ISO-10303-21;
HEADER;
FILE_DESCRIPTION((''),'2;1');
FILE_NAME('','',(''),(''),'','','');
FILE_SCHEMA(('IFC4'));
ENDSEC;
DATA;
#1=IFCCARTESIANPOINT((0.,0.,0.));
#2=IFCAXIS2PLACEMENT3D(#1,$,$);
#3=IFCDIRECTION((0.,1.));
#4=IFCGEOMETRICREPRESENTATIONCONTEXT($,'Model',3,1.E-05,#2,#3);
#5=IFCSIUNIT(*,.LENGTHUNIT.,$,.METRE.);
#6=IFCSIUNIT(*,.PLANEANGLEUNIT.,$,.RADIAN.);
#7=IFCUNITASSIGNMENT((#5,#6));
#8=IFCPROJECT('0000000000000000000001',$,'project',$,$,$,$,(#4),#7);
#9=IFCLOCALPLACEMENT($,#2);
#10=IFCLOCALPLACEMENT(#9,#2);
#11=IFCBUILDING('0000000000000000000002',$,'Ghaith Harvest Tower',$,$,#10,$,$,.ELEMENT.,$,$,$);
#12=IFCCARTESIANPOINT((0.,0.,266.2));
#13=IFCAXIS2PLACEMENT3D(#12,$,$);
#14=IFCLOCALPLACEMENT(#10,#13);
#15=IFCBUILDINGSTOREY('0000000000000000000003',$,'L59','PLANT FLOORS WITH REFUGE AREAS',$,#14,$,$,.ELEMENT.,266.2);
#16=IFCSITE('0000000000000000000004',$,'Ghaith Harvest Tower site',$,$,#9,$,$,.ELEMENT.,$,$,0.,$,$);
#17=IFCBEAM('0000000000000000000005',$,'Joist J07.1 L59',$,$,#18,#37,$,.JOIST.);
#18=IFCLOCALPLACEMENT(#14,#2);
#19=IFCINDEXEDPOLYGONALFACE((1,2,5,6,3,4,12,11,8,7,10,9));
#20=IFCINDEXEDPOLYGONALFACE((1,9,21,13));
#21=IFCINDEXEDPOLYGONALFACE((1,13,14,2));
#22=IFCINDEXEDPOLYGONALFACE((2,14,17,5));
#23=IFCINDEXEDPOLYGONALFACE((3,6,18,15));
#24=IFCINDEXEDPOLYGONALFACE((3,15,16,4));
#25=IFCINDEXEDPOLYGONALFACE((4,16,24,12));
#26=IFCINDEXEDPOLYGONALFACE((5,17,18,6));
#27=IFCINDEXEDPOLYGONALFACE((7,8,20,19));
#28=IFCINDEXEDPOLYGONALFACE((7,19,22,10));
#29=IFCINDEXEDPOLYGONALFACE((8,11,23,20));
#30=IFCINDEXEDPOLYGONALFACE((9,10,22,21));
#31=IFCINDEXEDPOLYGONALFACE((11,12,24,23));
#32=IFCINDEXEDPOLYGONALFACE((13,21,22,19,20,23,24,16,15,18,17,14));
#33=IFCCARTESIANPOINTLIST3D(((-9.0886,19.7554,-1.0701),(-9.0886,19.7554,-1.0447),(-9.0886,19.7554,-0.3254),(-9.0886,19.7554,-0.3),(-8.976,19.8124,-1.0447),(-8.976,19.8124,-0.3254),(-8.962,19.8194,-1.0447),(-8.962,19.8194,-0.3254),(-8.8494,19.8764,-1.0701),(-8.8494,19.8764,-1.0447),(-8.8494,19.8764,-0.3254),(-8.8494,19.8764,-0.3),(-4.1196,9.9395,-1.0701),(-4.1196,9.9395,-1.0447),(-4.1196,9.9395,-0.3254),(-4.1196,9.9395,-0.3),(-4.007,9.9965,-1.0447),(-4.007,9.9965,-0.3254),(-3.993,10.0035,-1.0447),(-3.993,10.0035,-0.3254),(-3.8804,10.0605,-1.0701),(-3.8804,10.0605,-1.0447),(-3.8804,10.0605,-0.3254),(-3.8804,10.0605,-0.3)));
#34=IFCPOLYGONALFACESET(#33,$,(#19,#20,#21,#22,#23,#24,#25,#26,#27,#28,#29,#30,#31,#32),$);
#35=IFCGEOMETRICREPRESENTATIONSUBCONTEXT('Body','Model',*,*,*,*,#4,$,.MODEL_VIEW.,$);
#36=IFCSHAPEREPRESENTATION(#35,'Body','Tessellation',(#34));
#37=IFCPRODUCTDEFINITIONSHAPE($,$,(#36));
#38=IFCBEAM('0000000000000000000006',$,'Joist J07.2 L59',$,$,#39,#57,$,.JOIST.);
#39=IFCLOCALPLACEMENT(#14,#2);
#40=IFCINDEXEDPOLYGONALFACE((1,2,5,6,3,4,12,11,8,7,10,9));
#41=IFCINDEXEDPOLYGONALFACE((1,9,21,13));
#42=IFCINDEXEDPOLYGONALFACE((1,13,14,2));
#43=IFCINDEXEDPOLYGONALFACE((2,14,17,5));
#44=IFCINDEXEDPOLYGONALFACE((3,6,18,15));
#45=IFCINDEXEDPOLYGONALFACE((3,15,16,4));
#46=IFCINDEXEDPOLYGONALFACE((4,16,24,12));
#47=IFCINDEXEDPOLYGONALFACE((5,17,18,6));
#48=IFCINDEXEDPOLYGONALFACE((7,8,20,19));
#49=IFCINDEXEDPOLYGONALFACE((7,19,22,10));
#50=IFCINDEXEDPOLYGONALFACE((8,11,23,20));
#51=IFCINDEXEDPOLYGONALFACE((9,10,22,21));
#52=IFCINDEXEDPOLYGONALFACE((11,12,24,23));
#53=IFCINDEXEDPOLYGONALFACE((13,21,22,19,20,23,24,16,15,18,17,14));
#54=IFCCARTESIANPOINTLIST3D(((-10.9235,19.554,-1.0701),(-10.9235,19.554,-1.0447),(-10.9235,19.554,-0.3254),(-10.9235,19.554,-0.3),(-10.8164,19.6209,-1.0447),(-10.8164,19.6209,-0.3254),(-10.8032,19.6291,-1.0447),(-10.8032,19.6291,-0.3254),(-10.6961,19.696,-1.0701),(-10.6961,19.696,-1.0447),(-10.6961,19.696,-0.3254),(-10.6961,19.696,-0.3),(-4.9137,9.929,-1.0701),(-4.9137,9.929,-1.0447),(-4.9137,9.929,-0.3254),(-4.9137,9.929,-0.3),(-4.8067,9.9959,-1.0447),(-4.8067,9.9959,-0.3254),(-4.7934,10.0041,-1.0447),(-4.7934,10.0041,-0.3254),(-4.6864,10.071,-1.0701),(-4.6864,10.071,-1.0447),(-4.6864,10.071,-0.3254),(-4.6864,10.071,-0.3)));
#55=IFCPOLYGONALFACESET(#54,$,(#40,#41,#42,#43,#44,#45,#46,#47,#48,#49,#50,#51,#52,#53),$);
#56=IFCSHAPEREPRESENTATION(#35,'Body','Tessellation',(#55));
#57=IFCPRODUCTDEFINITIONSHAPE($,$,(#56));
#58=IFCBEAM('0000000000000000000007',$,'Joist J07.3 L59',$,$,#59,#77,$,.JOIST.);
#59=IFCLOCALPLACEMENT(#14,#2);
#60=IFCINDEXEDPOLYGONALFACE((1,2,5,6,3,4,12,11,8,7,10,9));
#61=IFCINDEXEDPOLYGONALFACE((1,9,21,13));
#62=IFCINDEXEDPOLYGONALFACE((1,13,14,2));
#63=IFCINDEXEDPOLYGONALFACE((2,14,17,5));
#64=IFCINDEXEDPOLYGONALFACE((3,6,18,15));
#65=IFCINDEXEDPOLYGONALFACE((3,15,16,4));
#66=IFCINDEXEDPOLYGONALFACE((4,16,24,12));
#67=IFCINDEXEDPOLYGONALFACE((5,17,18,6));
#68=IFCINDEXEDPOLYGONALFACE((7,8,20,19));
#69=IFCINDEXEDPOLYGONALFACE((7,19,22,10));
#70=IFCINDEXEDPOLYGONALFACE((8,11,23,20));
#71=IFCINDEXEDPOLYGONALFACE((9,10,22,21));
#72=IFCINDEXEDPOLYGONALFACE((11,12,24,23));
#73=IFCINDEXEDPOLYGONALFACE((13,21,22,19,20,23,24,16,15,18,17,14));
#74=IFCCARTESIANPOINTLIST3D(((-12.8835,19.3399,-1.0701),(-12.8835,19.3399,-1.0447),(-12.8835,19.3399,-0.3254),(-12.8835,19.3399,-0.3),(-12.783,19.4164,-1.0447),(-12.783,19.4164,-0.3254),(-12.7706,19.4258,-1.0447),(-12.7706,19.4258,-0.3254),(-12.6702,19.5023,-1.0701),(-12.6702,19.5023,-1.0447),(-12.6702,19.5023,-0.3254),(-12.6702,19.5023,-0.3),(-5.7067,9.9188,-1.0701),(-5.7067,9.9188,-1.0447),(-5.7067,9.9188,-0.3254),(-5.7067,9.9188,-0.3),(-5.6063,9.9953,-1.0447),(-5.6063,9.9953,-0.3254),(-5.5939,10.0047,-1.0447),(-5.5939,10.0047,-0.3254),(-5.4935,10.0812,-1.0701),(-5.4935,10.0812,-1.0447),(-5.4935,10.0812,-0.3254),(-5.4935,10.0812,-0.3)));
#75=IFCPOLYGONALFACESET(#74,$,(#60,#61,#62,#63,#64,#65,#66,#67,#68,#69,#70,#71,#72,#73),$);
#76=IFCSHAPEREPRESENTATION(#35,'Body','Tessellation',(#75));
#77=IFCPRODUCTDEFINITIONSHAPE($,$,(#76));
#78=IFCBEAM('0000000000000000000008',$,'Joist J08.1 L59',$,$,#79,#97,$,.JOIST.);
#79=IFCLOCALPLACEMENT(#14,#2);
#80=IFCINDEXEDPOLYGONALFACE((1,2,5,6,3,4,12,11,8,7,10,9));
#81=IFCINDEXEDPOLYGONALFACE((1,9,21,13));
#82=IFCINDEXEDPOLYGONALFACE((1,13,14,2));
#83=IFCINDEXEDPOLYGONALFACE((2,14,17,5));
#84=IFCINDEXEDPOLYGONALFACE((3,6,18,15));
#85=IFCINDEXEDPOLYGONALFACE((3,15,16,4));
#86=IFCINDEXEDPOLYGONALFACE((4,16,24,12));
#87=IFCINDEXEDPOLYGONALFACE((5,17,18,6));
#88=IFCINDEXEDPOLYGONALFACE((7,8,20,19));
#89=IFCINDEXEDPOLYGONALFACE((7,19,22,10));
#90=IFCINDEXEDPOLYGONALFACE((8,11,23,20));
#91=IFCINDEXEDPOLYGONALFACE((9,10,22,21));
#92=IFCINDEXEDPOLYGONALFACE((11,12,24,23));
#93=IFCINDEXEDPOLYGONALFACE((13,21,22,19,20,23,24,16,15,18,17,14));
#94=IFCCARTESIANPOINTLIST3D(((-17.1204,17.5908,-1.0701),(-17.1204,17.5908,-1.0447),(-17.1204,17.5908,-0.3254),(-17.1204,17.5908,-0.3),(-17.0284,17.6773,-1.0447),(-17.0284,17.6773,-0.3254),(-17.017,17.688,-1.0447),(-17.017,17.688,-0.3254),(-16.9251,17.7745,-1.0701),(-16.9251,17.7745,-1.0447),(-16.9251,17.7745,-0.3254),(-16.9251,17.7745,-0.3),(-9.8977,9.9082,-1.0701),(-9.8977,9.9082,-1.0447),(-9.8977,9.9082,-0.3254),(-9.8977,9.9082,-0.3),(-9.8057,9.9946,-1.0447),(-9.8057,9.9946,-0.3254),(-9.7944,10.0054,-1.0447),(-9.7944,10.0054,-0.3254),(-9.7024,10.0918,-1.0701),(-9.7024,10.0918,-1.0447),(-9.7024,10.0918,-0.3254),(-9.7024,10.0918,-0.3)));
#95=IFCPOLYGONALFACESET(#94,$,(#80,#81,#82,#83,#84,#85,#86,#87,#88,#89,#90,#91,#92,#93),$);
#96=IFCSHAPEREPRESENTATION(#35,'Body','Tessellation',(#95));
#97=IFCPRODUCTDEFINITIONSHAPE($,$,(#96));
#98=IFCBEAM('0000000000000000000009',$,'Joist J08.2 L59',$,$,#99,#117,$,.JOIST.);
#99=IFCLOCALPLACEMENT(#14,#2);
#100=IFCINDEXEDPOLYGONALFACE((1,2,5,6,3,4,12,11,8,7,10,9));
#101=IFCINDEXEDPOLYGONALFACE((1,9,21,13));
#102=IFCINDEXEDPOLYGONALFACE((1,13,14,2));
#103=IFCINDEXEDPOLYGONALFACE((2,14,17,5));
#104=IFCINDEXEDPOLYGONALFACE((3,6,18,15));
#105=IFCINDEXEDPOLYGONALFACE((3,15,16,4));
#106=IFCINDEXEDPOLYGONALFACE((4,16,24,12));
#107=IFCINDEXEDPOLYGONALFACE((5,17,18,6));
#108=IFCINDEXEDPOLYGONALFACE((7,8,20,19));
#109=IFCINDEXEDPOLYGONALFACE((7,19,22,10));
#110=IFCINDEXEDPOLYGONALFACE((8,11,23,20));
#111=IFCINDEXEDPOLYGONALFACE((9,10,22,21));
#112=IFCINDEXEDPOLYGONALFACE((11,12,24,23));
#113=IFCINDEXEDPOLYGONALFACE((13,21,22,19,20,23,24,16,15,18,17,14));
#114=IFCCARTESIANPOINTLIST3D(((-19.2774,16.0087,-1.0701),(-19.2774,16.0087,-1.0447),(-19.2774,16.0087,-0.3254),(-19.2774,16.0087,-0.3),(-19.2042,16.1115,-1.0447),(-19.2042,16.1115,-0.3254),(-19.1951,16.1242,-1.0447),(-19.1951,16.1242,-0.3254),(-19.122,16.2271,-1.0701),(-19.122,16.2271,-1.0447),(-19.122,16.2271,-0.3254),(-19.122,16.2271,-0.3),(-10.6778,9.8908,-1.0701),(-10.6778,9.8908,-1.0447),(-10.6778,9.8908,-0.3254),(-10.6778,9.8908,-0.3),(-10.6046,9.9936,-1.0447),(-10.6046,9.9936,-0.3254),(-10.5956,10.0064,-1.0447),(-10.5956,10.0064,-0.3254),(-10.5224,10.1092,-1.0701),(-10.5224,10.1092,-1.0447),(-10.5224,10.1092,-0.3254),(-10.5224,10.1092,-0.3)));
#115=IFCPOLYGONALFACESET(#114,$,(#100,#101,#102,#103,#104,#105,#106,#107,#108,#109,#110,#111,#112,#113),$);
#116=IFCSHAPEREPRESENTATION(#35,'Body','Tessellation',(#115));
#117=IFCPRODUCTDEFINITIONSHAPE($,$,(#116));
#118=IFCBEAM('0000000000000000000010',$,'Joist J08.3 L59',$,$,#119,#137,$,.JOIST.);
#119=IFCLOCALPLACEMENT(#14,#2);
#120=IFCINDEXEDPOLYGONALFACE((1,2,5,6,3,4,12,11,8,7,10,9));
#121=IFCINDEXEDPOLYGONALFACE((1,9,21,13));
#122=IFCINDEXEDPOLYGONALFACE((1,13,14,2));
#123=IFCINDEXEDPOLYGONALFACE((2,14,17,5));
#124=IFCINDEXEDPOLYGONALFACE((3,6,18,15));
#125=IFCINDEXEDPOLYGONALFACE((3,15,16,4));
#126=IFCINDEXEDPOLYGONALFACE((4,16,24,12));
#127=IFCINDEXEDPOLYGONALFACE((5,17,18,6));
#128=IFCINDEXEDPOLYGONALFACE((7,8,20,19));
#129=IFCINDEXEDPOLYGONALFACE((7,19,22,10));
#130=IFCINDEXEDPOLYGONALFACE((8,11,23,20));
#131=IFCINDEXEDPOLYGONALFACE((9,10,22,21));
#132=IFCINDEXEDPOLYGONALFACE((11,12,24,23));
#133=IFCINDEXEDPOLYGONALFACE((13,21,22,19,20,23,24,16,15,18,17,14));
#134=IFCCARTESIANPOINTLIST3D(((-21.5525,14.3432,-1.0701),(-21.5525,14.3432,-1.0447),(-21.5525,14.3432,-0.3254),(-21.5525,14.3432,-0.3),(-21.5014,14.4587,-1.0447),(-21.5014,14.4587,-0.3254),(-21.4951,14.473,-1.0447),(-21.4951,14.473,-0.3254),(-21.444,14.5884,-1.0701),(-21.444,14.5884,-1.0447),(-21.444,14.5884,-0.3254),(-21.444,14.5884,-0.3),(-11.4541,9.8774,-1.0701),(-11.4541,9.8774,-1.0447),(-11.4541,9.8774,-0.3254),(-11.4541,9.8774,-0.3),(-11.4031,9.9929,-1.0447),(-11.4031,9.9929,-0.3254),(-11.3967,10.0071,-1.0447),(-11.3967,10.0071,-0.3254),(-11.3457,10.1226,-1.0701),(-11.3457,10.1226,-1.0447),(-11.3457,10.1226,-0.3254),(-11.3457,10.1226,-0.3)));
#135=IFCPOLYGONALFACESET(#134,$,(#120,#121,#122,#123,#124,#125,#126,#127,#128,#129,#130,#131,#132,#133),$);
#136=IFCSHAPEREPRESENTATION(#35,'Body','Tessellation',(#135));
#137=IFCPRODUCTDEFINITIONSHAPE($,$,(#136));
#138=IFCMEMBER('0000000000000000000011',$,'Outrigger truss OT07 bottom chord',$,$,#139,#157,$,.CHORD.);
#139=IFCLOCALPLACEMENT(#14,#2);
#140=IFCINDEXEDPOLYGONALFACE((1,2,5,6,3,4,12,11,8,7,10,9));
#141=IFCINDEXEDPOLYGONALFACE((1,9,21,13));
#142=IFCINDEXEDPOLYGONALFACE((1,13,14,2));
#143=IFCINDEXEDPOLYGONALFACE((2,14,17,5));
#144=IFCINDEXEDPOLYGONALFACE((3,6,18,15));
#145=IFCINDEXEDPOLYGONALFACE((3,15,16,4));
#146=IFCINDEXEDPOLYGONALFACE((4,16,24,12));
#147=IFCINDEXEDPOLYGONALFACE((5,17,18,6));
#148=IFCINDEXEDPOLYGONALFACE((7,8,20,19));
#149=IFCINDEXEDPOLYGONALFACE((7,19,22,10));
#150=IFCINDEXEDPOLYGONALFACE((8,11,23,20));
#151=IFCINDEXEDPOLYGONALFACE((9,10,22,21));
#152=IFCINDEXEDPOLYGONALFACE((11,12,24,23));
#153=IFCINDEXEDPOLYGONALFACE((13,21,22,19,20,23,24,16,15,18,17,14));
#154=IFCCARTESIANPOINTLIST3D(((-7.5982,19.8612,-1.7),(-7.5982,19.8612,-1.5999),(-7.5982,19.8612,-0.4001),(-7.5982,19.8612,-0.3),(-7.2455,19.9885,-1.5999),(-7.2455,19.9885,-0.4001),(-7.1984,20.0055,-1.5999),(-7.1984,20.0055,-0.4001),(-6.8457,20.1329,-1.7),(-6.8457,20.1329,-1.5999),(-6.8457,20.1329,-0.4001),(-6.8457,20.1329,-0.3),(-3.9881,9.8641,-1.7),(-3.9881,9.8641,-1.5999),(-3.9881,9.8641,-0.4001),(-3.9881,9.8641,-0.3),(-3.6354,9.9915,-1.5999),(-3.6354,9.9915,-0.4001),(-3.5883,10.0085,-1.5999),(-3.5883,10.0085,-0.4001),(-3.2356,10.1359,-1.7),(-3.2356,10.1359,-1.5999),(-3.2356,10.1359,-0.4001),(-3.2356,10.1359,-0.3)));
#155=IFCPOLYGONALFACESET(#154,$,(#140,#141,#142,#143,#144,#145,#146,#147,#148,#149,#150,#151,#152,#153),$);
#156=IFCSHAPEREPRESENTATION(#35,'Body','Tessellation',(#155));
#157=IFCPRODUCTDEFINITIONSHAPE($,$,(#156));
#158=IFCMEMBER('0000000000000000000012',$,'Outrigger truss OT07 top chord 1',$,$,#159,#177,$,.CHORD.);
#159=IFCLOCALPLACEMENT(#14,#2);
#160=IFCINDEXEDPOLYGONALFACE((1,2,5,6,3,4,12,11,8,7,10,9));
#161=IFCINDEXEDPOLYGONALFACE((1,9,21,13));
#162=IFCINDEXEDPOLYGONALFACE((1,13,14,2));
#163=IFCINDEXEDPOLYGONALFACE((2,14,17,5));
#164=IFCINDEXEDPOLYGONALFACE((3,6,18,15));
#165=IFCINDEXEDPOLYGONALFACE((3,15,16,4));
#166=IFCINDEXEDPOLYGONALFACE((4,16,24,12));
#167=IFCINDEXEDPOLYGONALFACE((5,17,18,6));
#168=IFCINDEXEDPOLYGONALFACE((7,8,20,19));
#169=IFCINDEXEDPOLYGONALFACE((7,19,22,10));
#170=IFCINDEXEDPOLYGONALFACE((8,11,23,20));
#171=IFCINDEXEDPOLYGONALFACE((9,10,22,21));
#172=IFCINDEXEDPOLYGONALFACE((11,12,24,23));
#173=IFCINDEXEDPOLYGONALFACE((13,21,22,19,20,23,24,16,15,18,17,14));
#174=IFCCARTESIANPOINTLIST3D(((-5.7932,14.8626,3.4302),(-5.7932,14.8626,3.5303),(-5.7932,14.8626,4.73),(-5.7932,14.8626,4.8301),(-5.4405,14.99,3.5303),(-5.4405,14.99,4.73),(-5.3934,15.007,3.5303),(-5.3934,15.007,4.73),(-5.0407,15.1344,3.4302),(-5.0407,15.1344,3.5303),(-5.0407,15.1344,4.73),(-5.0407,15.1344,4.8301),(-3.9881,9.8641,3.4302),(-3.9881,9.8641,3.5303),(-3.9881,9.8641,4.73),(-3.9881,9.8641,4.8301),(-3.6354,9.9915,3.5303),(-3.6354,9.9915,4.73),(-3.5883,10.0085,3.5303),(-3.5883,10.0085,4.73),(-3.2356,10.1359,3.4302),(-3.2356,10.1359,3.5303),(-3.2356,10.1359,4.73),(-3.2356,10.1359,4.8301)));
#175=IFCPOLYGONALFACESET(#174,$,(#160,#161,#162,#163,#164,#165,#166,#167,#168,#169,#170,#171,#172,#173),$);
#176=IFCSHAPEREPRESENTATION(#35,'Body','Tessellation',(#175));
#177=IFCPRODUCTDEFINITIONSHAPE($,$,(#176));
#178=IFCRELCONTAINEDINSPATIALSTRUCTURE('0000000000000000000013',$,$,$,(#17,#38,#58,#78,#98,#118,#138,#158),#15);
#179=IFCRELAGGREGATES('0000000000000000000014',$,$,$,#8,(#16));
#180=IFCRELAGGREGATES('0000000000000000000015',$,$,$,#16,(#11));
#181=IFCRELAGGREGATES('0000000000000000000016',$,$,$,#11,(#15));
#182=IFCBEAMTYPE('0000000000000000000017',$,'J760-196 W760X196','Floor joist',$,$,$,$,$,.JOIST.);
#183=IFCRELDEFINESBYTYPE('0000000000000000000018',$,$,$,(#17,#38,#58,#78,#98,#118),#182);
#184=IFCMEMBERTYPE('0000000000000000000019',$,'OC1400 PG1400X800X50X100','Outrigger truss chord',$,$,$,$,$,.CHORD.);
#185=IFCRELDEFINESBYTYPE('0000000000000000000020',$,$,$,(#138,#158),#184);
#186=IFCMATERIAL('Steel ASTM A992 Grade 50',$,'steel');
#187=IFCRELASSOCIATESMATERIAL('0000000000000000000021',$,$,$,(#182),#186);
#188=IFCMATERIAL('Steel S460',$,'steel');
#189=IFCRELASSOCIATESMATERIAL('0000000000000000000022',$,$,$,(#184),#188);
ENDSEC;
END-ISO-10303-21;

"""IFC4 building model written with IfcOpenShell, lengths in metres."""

from ifc_helpers import new_model, si_unit, direction, frame, origin, origin_2d, place, context, subcontext, project, spatial, i_section, extrude, material, material_profile, profile_set, type_object, element, save


model = new_model("IFC4")

# Units and contexts
model_context = context("Model", 3, precision=1e-05, world=origin(), true_north=direction((0.0, 1.0)))
body_context = subcontext(model_context, "Body", "Model", "MODEL_VIEW")
ifc_project = project(units=[si_unit("LENGTHUNIT", "METRE"), si_unit("PLANEANGLEUNIT", "RADIAN")], contexts=[model_context])

# Site, building, storey
site_placement = place(None, origin())
site = spatial("IfcSite", under=ifc_project, at=site_placement, Name="Ghaith Harvest Tower site", CompositionType="ELEMENT", RefElevation=0.0)
building_placement = place(site_placement, origin())
building = spatial("IfcBuilding", under=site, at=building_placement, Name="Ghaith Harvest Tower", CompositionType="ELEMENT")
storey_placement = place(building_placement, frame((0.0, 0.0, 266.2)))
storey = spatial("IfcBuildingStorey", under=building, at=storey_placement, Name="L59", Description="PLANT FLOORS WITH REFUGE AREAS", CompositionType="ELEMENT", Elevation=266.2)

# Beams
ifc_material_1 = material(Name="Steel ASTM A992 Grade 50", Category="steel")
ifc_material_profile_1 = material_profile(ifc_material_1, i_section(OverallWidth=0.2681, OverallDepth=0.77, WebThickness=0.0156, FlangeThickness=0.0254, at=origin_2d()), Name="W760X196")
ifc_profile_set_1 = profile_set([ifc_material_profile_1], Name="Steel ASTM A992 Grade 50")
beam_type = type_object("IfcBeamType", Name="J760-196 W760X196", Description="Floor joist", PredefinedType="JOIST", material=ifc_profile_set_1)
beam_1_placement = place(storey_placement, frame((-4.0, 10.0, -0.6851), z_axis=(-0.451646, 0.892197, 0.0), x_axis=(-0.892197, -0.451646, 0.0)))
element("IfcBeam", 1, at=beam_1_placement, inside=storey, type_object=beam_type, Name="Joist J07.1 L59", PredefinedType="JOIST", context=body_context, shape_type="SweptSolid", body=[
    extrude(i_section(OverallWidth=0.2681, OverallDepth=0.77, WebThickness=0.0156, FlangeThickness=0.0254, at=origin_2d()), origin(), (0.0, 0.0, 1.0), 11.002),
])
beam_2_placement = place(storey_placement, frame((-4.8, 10.0, -0.6851), z_axis=(-0.529628, 0.84823, 0.0), x_axis=(-0.84823, -0.529628, 0.0)))
element("IfcBeam", 2, at=beam_2_placement, inside=storey, type_object=beam_type, Name="Joist J07.2 L59", PredefinedType="JOIST", context=body_context, shape_type="SweptSolid", body=[
    extrude(i_section(OverallWidth=0.2681, OverallDepth=0.77, WebThickness=0.0156, FlangeThickness=0.0254, at=origin_2d()), origin(), (0.0, 0.0, 1.0), 11.3472),
])
beam_3_placement = place(storey_placement, frame((-5.6001, 10.0, -0.6851), z_axis=(-0.605976, 0.795483, 0.0), x_axis=(-0.795483, -0.605976, 0.0)))
element("IfcBeam", 3, at=beam_3_placement, inside=storey, type_object=beam_type, Name="Joist J07.3 L59", PredefinedType="JOIST", context=body_context, shape_type="SweptSolid", body=[
    extrude(i_section(OverallWidth=0.2681, OverallDepth=0.77, WebThickness=0.0156, FlangeThickness=0.0254, at=origin_2d()), origin(), (0.0, 0.0, 1.0), 11.8433),
])
beam_4_placement = place(storey_placement, frame((-9.8, 10.0, -0.6851), z_axis=(-0.68496, 0.728581, 0.0), x_axis=(-0.728581, -0.68496, 0.0)))
element("IfcBeam", 4, at=beam_4_placement, inside=storey, type_object=beam_type, Name="Joist J08.1 L59", PredefinedType="JOIST", context=body_context, shape_type="SweptSolid", body=[
    extrude(i_section(OverallWidth=0.2681, OverallDepth=0.77, WebThickness=0.0156, FlangeThickness=0.0254, at=origin_2d()), origin(), (0.0, 0.0, 1.0), 10.5447),
])
beam_5_placement = place(storey_placement, frame((-10.6001, 10.0, -0.6851), z_axis=(-0.814837, 0.57969, 0.0), x_axis=(-0.57969, -0.814837, 0.0)))
element("IfcBeam", 5, at=beam_5_placement, inside=storey, type_object=beam_type, Name="Joist J08.2 L59", PredefinedType="JOIST", context=body_context, shape_type="SweptSolid", body=[
    extrude(i_section(OverallWidth=0.2681, OverallDepth=0.77, WebThickness=0.0156, FlangeThickness=0.0254, at=origin_2d()), origin(), (0.0, 0.0, 1.0), 10.5537),
])
beam_6_placement = place(storey_placement, frame((-11.3999, 10.0, -0.6851), z_axis=(-0.914561, 0.404447, 0.0), x_axis=(-0.404447, -0.914561, 0.0)))
element("IfcBeam", 6, at=beam_6_placement, inside=storey, type_object=beam_type, Name="Joist J08.3 L59", PredefinedType="JOIST", context=body_context, shape_type="SweptSolid", body=[
    extrude(i_section(OverallWidth=0.2681, OverallDepth=0.77, WebThickness=0.0156, FlangeThickness=0.0254, at=origin_2d()), origin(), (0.0, 0.0, 1.0), 11.0417),
])

# Members
ifc_material_2 = material(Name="Steel S460", Category="steel")
ifc_material_profile_2 = material_profile(ifc_material_2, i_section(OverallWidth=0.8, OverallDepth=1.3999, WebThickness=0.05, FlangeThickness=0.1001, at=origin_2d()), Name="PG1400X800X50X100")
ifc_profile_set_2 = profile_set([ifc_material_profile_2], Name="Steel S460")
member_type_1 = type_object("IfcMemberType", Name="OC1400 PG1400X800X50X100", Description="Outrigger truss chord", PredefinedType="CHORD", material=ifc_profile_set_2)
member_1_placement = place(storey_placement, frame((-3.6118, 10.0, -1.0), z_axis=(-0.339649, 0.940552, 0.0), x_axis=(-0.940552, -0.339649, 0.0)))
element("IfcMember", 7, at=member_1_placement, inside=storey, type_object=member_type_1, Name="Outrigger truss OT07 bottom chord", PredefinedType="CHORD", context=body_context, shape_type="SweptSolid", body=[
    extrude(i_section(OverallWidth=0.8, OverallDepth=1.3999, WebThickness=0.05, FlangeThickness=0.1001, at=origin_2d()), origin(), (0.0, 0.0, 1.0), 10.6289),
])
member_2_placement = place(storey_placement, frame((-3.6118, 10.0, 4.1301), z_axis=(-0.339669, 0.940545, 0.0), x_axis=(-0.940545, -0.339669, 0.0)))
element("IfcMember", 8, at=member_2_placement, inside=storey, type_object=member_type_1, Name="Outrigger truss OT07 top chord 1", PredefinedType="CHORD", context=body_context, shape_type="SweptSolid", body=[
    extrude(i_section(OverallWidth=0.8, OverallDepth=1.3999, WebThickness=0.05, FlangeThickness=0.1001, at=origin_2d()), origin(), (0.0, 0.0, 1.0), 5.3145),
])

save(model, "model.ifc")
